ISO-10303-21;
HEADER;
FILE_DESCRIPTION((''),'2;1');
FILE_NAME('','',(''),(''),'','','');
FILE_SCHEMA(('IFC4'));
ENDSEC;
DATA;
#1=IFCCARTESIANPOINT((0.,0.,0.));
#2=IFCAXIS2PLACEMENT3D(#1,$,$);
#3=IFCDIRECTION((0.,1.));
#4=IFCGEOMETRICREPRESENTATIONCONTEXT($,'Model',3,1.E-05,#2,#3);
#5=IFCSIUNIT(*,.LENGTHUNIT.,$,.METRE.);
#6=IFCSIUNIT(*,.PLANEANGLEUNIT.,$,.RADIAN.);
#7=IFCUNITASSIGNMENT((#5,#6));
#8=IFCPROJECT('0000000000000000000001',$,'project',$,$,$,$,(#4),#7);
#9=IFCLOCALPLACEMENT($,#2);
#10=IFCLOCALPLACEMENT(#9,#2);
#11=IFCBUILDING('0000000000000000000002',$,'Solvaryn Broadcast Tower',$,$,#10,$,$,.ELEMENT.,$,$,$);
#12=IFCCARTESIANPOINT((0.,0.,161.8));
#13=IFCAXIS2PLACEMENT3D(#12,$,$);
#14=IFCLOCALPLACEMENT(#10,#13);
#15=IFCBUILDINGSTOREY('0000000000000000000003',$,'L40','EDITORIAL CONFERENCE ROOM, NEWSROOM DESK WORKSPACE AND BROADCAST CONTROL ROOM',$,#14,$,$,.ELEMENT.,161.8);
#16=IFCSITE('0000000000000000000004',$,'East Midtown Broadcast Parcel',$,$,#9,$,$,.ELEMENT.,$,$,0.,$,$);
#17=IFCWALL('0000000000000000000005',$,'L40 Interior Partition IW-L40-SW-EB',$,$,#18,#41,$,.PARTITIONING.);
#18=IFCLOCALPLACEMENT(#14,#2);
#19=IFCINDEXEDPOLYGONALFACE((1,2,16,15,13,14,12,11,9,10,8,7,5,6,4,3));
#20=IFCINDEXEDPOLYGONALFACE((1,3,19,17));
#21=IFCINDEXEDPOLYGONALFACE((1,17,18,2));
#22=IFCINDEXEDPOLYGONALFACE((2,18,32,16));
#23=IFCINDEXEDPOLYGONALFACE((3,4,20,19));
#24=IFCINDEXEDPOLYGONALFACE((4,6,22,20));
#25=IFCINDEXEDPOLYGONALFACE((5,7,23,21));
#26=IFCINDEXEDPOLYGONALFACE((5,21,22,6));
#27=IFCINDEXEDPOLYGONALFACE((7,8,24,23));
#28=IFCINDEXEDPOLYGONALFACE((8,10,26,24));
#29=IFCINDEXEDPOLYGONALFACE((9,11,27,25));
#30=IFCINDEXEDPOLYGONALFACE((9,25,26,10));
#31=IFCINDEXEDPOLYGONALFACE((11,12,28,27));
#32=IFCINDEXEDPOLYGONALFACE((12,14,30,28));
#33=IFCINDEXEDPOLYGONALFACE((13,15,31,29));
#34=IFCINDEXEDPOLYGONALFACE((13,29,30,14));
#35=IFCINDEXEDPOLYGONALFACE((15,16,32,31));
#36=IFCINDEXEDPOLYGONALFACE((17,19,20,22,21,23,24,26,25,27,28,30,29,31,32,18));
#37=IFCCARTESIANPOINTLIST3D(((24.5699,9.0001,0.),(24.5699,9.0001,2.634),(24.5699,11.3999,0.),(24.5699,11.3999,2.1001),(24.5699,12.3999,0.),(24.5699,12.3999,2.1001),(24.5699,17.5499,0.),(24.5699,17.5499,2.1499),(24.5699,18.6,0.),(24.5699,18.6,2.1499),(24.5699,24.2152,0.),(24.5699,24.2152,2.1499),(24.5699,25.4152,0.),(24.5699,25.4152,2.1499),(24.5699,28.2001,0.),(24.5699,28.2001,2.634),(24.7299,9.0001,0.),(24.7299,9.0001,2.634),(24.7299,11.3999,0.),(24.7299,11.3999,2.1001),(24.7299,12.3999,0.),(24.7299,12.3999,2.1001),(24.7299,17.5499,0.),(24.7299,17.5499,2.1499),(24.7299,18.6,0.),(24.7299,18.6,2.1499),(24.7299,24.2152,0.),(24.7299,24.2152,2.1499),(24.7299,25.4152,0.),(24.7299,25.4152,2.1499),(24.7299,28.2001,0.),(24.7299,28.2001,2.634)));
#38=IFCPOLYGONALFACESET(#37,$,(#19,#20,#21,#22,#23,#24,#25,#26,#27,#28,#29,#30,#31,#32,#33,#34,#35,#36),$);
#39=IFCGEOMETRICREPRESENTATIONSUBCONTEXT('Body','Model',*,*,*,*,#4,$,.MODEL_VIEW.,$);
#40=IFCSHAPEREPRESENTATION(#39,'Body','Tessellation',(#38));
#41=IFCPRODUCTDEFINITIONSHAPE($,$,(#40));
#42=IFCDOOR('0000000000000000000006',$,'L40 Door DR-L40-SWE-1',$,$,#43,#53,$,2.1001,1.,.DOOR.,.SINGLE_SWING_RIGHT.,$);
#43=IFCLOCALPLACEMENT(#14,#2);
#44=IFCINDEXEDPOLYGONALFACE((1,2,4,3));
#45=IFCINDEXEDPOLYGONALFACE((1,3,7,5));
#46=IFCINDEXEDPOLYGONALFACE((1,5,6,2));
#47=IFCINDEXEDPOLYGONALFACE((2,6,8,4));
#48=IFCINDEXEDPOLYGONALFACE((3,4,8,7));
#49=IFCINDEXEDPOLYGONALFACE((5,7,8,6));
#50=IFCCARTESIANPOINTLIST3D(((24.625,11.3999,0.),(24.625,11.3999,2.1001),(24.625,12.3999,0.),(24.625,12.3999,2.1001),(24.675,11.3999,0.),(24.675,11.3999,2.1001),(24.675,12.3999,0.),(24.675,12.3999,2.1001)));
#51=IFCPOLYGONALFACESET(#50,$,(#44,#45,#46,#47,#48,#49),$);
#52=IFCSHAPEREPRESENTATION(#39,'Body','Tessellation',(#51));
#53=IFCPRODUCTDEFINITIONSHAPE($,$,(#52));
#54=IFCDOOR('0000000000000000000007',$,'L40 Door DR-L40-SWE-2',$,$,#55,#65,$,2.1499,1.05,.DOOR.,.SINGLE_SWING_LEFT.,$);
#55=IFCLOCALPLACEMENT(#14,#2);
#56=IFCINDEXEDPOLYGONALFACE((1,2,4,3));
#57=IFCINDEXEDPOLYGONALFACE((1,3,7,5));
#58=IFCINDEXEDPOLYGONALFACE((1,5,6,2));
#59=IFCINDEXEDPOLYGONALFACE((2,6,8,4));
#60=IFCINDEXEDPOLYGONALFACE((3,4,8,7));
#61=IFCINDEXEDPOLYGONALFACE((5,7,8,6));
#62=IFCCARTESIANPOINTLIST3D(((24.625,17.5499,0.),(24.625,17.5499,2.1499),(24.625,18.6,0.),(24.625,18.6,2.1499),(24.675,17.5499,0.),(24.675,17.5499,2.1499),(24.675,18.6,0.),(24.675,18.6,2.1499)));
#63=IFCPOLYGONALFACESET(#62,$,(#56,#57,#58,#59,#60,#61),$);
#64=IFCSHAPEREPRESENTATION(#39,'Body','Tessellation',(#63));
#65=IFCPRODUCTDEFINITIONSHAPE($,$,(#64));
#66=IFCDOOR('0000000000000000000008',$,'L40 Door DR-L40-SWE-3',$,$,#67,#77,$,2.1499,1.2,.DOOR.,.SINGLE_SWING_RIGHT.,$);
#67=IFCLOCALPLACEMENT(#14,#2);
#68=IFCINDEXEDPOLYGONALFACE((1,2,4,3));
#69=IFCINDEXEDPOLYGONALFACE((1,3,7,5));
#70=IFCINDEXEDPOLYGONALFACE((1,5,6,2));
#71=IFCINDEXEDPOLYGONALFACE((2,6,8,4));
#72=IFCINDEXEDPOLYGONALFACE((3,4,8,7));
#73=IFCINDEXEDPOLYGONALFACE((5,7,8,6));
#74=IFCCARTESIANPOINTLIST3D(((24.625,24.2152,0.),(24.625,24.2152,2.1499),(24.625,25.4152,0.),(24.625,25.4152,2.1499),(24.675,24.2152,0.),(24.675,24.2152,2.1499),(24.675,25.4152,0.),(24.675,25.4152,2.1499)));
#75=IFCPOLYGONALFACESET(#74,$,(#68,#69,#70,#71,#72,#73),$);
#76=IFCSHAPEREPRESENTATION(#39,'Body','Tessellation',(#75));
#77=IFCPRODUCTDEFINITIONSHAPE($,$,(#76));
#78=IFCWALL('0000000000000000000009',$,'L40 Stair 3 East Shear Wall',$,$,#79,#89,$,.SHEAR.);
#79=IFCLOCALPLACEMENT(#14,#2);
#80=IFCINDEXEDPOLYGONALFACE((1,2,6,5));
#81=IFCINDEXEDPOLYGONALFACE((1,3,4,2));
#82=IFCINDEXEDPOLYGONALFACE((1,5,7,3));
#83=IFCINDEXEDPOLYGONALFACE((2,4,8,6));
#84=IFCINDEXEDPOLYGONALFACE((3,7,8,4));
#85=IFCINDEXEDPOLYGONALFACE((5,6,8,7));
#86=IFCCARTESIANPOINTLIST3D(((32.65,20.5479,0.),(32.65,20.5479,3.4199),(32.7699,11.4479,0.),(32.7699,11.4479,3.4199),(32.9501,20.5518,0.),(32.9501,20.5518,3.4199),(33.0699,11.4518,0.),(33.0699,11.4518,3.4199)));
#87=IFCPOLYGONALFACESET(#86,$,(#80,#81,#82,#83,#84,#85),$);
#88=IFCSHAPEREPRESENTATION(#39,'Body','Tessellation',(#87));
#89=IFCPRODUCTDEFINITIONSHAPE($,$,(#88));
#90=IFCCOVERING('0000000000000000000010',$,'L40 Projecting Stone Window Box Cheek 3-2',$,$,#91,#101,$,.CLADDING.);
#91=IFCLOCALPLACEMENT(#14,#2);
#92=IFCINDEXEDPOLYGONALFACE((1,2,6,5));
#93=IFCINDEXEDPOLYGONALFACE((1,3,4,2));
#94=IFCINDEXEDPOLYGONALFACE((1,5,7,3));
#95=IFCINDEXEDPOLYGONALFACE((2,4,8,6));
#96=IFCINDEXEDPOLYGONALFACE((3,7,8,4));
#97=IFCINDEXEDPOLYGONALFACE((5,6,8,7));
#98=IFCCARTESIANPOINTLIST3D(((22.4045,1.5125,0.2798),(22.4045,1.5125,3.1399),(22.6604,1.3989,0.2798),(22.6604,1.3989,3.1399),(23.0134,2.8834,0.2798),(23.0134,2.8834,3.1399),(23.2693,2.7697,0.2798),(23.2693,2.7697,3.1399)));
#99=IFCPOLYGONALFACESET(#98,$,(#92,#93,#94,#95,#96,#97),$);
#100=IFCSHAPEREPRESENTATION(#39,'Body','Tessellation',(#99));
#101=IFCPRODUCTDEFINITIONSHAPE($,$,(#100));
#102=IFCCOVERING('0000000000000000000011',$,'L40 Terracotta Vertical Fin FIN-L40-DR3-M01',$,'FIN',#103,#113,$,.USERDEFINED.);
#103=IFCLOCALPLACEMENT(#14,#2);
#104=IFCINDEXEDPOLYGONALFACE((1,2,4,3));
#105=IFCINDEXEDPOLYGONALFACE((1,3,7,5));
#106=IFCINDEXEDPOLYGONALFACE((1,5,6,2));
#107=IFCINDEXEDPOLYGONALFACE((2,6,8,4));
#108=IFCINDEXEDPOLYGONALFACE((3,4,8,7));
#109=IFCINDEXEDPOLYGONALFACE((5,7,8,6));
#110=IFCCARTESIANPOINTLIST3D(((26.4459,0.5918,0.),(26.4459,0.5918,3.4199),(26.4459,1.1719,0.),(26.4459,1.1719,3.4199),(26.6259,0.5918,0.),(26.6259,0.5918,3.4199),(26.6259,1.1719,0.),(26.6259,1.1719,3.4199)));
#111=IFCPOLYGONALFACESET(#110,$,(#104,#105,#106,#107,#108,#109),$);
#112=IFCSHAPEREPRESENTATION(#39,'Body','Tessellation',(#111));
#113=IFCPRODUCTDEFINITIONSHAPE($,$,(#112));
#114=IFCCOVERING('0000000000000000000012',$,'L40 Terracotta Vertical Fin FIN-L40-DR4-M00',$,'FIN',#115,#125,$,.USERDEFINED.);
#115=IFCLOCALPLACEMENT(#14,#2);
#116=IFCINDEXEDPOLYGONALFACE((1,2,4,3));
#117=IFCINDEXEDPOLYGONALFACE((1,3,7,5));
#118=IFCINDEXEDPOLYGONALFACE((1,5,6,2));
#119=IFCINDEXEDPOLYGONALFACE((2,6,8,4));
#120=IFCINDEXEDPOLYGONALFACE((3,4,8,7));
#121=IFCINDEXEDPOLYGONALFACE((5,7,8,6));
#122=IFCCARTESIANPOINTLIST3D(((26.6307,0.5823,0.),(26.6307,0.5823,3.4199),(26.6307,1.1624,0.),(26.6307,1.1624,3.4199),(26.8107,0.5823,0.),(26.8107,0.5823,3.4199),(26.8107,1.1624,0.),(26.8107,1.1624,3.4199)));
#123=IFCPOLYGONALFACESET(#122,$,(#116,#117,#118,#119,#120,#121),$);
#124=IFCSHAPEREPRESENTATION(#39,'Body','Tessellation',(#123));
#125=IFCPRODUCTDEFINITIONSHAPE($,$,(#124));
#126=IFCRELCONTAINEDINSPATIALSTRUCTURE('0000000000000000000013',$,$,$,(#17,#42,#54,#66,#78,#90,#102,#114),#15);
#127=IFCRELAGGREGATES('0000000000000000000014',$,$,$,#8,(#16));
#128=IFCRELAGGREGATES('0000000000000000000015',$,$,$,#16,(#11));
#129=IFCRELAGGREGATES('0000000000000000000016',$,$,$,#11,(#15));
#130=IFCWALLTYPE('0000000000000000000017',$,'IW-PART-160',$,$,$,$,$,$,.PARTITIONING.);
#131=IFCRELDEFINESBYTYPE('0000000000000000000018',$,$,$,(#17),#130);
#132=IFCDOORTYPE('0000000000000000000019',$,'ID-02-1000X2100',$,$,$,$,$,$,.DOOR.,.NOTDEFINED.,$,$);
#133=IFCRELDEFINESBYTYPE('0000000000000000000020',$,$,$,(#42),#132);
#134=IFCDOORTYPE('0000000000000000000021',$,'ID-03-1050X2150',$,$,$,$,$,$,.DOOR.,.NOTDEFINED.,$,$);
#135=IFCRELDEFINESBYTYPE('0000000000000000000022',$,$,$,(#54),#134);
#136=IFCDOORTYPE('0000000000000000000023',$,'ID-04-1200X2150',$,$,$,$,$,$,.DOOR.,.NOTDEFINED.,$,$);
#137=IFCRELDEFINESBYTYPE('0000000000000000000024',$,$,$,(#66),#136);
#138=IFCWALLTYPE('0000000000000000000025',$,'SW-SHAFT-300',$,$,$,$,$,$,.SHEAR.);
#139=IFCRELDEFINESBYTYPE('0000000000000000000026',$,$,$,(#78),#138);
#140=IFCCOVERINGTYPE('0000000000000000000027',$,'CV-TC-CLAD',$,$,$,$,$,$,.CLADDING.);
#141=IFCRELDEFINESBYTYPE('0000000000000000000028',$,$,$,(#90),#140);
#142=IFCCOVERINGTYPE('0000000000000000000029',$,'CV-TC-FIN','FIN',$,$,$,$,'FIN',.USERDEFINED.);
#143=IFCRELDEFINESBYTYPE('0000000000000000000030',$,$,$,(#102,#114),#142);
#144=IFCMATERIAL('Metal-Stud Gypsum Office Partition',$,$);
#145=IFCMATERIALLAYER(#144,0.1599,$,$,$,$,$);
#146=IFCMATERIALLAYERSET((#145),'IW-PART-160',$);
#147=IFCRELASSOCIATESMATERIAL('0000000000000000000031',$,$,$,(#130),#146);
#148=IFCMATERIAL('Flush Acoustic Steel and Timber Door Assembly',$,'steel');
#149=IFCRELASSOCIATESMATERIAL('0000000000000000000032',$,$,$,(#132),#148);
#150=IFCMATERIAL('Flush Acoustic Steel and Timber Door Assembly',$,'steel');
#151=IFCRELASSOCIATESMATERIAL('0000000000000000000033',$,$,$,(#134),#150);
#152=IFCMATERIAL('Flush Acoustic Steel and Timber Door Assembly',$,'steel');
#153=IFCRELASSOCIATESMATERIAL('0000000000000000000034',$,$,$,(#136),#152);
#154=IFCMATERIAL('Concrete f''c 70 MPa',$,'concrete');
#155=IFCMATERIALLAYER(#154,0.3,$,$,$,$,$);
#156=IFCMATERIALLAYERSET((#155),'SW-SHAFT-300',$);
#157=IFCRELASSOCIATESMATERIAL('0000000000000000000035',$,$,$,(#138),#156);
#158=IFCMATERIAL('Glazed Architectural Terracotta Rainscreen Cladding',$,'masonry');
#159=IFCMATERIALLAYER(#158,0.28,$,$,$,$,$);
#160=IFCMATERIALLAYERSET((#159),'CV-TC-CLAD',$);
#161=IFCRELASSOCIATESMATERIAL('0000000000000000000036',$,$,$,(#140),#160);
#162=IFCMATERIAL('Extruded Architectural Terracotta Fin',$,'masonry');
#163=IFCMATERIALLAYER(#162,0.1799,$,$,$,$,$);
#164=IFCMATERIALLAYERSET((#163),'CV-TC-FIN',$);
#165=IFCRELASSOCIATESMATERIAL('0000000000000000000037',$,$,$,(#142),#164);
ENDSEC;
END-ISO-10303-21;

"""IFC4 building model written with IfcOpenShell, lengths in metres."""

from ifc_helpers import new_model, si_unit, direction, frame, frame_2d, origin, origin_2d, place, context, subcontext, project, spatial, rectangle, extrude, material, layer, layer_set, type_object, element, fill, save


model = new_model("IFC4")

# Units and contexts
model_context = context("Model", 3, precision=1e-05, world=origin(), true_north=direction((0.0, 1.0)))
body_context = subcontext(model_context, "Body", "Model", "MODEL_VIEW")
ifc_project = project(units=[si_unit("LENGTHUNIT", "METRE"), si_unit("PLANEANGLEUNIT", "RADIAN")], contexts=[model_context])

# Site, building, storey
site_placement = place(None, origin())
site = spatial("IfcSite", under=ifc_project, at=site_placement, Name="East Midtown Broadcast Parcel", CompositionType="ELEMENT", RefElevation=0.0)
building_placement = place(site_placement, origin())
building = spatial("IfcBuilding", under=site, at=building_placement, Name="Solvaryn Broadcast Tower", CompositionType="ELEMENT")
storey_placement = place(building_placement, frame((0.0, 0.0, 161.8)))
storey = spatial("IfcBuildingStorey", under=building, at=storey_placement, Name="L40", Description="EDITORIAL CONFERENCE ROOM, NEWSROOM DESK WORKSPACE AND BROADCAST CONTROL ROOM", CompositionType="ELEMENT", Elevation=161.8)

# Wall, openings, doors
ifc_material_1 = material(Name="Metal-Stud Gypsum Office Partition")
ifc_layer_1 = layer(ifc_material_1, 0.1599)
ifc_layer_set_1 = layer_set([ifc_layer_1], Name="IW-PART-160")
wall_type_1 = type_object("IfcWallType", Name="IW-PART-160", PredefinedType="PARTITIONING", material=ifc_layer_set_1)
wall_1_placement = place(storey_placement, frame((24.6499, 9.0, 0.0), z_axis=(0.0, 0.0, 1.0), x_axis=(0.0, 1.0, 0.0)))
wall_1 = element("IfcWall", 1, at=wall_1_placement, inside=storey, type_object=wall_type_1, Name="L40 Interior Partition IW-L40-SW-EB", PredefinedType="PARTITIONING", context=body_context, shape_type="SweptSolid", body=[
    extrude(rectangle(XDim=19.2, YDim=0.1599, at=frame_2d((9.6001, 0.0))), origin(), (0.0, 0.0, 1.0), 2.634),
])
opening_1_placement = place(wall_1_placement, frame((2.3999, 0.0, 0.0)))
opening_1 = element("IfcOpeningElement", 2, at=opening_1_placement, cuts=wall_1, PredefinedType="OPENING", context=body_context, shape_type="SweptSolid", body=[
    extrude(rectangle(XDim=1.0, YDim=2.1001, at=frame_2d((0.5, 1.05))), frame((0.0, 0.0901, 0.0), z_axis=(0.0, -1.0, 0.0), x_axis=(1.0, 0.0, 0.0)), (0.0, 0.0, 1.0), 0.1799),
])
opening_2_placement = place(wall_1_placement, frame((8.55, 0.0, 0.0)))
opening_2 = element("IfcOpeningElement", 3, at=opening_2_placement, cuts=wall_1, PredefinedType="OPENING", context=body_context, shape_type="SweptSolid", body=[
    extrude(rectangle(XDim=1.05, YDim=2.1499, at=frame_2d((0.5249, 1.075))), frame((0.0, 0.0901, 0.0), z_axis=(0.0, -1.0, 0.0), x_axis=(1.0, 0.0, 0.0)), (0.0, 0.0, 1.0), 0.1799),
])
opening_3_placement = place(wall_1_placement, frame((15.2151, 0.0, 0.0)))
opening_3 = element("IfcOpeningElement", 4, at=opening_3_placement, cuts=wall_1, PredefinedType="OPENING", context=body_context, shape_type="SweptSolid", body=[
    extrude(rectangle(XDim=1.2, YDim=2.1499, at=frame_2d((0.6001, 1.075))), frame((0.0, 0.0901, 0.0), z_axis=(0.0, -1.0, 0.0), x_axis=(1.0, 0.0, 0.0)), (0.0, 0.0, 1.0), 0.1799),
])
ifc_material_2 = material(Name="Flush Acoustic Steel and Timber Door Assembly", Category="steel")
door_type_1 = type_object("IfcDoorType", Name="ID-02-1000X2100", OperationType="NOTDEFINED", PredefinedType="DOOR", material=ifc_material_2)
door_1_placement = place(opening_1_placement, origin())
door_1 = element("IfcDoor", 5, at=door_1_placement, inside=storey, type_object=door_type_1, Name="L40 Door DR-L40-SWE-1", OperationType="SINGLE_SWING_RIGHT", OverallHeight=2.1001, OverallWidth=1.0, PredefinedType="DOOR", context=body_context, shape_type="SweptSolid", body=[
    extrude(rectangle(XDim=1.0, YDim=2.1001, at=frame_2d((0.5, 1.05))), frame((0.0, 0.0249, 0.0), z_axis=(0.0, -1.0, 0.0), x_axis=(1.0, 0.0, 0.0)), (0.0, 0.0, 1.0), 0.05),
])
fill(opening_1, door_1)
ifc_material_3 = material(Name="Flush Acoustic Steel and Timber Door Assembly", Category="steel")
door_type_2 = type_object("IfcDoorType", Name="ID-03-1050X2150", OperationType="NOTDEFINED", PredefinedType="DOOR", material=ifc_material_3)
door_2_placement = place(opening_2_placement, origin())
door_2 = element("IfcDoor", 6, at=door_2_placement, inside=storey, type_object=door_type_2, Name="L40 Door DR-L40-SWE-2", OperationType="SINGLE_SWING_LEFT", OverallHeight=2.1499, OverallWidth=1.05, PredefinedType="DOOR", context=body_context, shape_type="SweptSolid", body=[
    extrude(rectangle(XDim=1.05, YDim=2.1499, at=frame_2d((0.5249, 1.075))), frame((0.0, 0.0249, 0.0), z_axis=(0.0, -1.0, 0.0), x_axis=(1.0, 0.0, 0.0)), (0.0, 0.0, 1.0), 0.05),
])
fill(opening_2, door_2)
ifc_material_4 = material(Name="Flush Acoustic Steel and Timber Door Assembly", Category="steel")
door_type_3 = type_object("IfcDoorType", Name="ID-04-1200X2150", OperationType="NOTDEFINED", PredefinedType="DOOR", material=ifc_material_4)
door_3_placement = place(opening_3_placement, origin())
door_3 = element("IfcDoor", 7, at=door_3_placement, inside=storey, type_object=door_type_3, Name="L40 Door DR-L40-SWE-3", OperationType="SINGLE_SWING_RIGHT", OverallHeight=2.1499, OverallWidth=1.2, PredefinedType="DOOR", context=body_context, shape_type="SweptSolid", body=[
    extrude(rectangle(XDim=1.2, YDim=2.1499, at=frame_2d((0.6001, 1.075))), frame((0.0, 0.0249, 0.0), z_axis=(0.0, -1.0, 0.0), x_axis=(1.0, 0.0, 0.0)), (0.0, 0.0, 1.0), 0.05),
])
fill(opening_3, door_3)

# Wall
ifc_material_5 = material(Name="Concrete f'c 70 MPa", Category="concrete")
ifc_layer_2 = layer(ifc_material_5, 0.3)
ifc_layer_set_2 = layer_set([ifc_layer_2], Name="SW-SHAFT-300")
wall_type_2 = type_object("IfcWallType", Name="SW-SHAFT-300", PredefinedType="SHEAR", material=ifc_layer_set_2)
wall_2_placement = place(storey_placement, frame((32.9199, 11.45, 0.0), z_axis=(0.0, 0.0, 1.0), x_axis=(-0.013172, 0.999913, 0.0)))
element("IfcWall", 8, at=wall_2_placement, inside=storey, type_object=wall_type_2, Name="L40 Stair 3 East Shear Wall", PredefinedType="SHEAR", context=body_context, shape_type="SweptSolid", body=[
    extrude(rectangle(XDim=9.1008, YDim=0.3, at=frame_2d((4.5503, 0.0))), origin(), (0.0, 0.0, 1.0), 3.4199),
])

# Coverings
ifc_material_6 = material(Name="Glazed Architectural Terracotta Rainscreen Cladding", Category="masonry")
ifc_layer_3 = layer(ifc_material_6, 0.28)
ifc_layer_set_3 = layer_set([ifc_layer_3], Name="CV-TC-CLAD")
covering_type_1 = type_object("IfcCoveringType", Name="CV-TC-CLAD", PredefinedType="CLADDING", material=ifc_layer_set_3)
covering_placement = place(storey_placement, frame((22.8369, 2.1411, 0.2798), z_axis=(0.0, 0.0, 1.0), x_axis=(0.9139, -0.405939, 0.0)))
element("IfcCovering", 9, at=covering_placement, inside=storey, type_object=covering_type_1, Name="L40 Projecting Stone Window Box Cheek 3-2", PredefinedType="CLADDING", context=body_context, shape_type="SweptSolid", body=[
    extrude(rectangle(XDim=0.28, YDim=1.5, at=origin_2d()), origin(), (0.0, 0.0, 1.0), 2.8601),
])
ifc_material_7 = material(Name="Extruded Architectural Terracotta Fin", Category="masonry")
ifc_layer_4 = layer(ifc_material_7, 0.1799)
ifc_layer_set_4 = layer_set([ifc_layer_4], Name="CV-TC-FIN")
covering_type_2 = type_object("IfcCoveringType", Name="CV-TC-FIN", Description="FIN", ElementType="FIN", PredefinedType="USERDEFINED", material=ifc_layer_set_4)
for number, where, z_axis, x_axis, name in (
    (10, (26.5359, 0.8818, 0.0), (0.0, 0.0, 1.0), (1.0, 0.0, 0.0), "L40 Terracotta Vertical Fin FIN-L40-DR3-M01"),
    (11, (26.7207, 0.8723, 0.0), (0.0, 0.0, 1.0), (1.0, 0.0, 0.0), "L40 Terracotta Vertical Fin FIN-L40-DR4-M00"),
):
    element("IfcCovering", number, at=place(storey_placement, frame(where, z_axis=z_axis, x_axis=x_axis)), inside=storey, type_object=covering_type_2, Name=name, ObjectType="FIN", PredefinedType="USERDEFINED", context=body_context, shape_type="SweptSolid", body=[
        extrude(rectangle(XDim=0.1799, YDim=0.5801, at=origin_2d()), origin(), (0.0, 0.0, 1.0), 3.4199),
    ])

save(model, "model.ifc")
